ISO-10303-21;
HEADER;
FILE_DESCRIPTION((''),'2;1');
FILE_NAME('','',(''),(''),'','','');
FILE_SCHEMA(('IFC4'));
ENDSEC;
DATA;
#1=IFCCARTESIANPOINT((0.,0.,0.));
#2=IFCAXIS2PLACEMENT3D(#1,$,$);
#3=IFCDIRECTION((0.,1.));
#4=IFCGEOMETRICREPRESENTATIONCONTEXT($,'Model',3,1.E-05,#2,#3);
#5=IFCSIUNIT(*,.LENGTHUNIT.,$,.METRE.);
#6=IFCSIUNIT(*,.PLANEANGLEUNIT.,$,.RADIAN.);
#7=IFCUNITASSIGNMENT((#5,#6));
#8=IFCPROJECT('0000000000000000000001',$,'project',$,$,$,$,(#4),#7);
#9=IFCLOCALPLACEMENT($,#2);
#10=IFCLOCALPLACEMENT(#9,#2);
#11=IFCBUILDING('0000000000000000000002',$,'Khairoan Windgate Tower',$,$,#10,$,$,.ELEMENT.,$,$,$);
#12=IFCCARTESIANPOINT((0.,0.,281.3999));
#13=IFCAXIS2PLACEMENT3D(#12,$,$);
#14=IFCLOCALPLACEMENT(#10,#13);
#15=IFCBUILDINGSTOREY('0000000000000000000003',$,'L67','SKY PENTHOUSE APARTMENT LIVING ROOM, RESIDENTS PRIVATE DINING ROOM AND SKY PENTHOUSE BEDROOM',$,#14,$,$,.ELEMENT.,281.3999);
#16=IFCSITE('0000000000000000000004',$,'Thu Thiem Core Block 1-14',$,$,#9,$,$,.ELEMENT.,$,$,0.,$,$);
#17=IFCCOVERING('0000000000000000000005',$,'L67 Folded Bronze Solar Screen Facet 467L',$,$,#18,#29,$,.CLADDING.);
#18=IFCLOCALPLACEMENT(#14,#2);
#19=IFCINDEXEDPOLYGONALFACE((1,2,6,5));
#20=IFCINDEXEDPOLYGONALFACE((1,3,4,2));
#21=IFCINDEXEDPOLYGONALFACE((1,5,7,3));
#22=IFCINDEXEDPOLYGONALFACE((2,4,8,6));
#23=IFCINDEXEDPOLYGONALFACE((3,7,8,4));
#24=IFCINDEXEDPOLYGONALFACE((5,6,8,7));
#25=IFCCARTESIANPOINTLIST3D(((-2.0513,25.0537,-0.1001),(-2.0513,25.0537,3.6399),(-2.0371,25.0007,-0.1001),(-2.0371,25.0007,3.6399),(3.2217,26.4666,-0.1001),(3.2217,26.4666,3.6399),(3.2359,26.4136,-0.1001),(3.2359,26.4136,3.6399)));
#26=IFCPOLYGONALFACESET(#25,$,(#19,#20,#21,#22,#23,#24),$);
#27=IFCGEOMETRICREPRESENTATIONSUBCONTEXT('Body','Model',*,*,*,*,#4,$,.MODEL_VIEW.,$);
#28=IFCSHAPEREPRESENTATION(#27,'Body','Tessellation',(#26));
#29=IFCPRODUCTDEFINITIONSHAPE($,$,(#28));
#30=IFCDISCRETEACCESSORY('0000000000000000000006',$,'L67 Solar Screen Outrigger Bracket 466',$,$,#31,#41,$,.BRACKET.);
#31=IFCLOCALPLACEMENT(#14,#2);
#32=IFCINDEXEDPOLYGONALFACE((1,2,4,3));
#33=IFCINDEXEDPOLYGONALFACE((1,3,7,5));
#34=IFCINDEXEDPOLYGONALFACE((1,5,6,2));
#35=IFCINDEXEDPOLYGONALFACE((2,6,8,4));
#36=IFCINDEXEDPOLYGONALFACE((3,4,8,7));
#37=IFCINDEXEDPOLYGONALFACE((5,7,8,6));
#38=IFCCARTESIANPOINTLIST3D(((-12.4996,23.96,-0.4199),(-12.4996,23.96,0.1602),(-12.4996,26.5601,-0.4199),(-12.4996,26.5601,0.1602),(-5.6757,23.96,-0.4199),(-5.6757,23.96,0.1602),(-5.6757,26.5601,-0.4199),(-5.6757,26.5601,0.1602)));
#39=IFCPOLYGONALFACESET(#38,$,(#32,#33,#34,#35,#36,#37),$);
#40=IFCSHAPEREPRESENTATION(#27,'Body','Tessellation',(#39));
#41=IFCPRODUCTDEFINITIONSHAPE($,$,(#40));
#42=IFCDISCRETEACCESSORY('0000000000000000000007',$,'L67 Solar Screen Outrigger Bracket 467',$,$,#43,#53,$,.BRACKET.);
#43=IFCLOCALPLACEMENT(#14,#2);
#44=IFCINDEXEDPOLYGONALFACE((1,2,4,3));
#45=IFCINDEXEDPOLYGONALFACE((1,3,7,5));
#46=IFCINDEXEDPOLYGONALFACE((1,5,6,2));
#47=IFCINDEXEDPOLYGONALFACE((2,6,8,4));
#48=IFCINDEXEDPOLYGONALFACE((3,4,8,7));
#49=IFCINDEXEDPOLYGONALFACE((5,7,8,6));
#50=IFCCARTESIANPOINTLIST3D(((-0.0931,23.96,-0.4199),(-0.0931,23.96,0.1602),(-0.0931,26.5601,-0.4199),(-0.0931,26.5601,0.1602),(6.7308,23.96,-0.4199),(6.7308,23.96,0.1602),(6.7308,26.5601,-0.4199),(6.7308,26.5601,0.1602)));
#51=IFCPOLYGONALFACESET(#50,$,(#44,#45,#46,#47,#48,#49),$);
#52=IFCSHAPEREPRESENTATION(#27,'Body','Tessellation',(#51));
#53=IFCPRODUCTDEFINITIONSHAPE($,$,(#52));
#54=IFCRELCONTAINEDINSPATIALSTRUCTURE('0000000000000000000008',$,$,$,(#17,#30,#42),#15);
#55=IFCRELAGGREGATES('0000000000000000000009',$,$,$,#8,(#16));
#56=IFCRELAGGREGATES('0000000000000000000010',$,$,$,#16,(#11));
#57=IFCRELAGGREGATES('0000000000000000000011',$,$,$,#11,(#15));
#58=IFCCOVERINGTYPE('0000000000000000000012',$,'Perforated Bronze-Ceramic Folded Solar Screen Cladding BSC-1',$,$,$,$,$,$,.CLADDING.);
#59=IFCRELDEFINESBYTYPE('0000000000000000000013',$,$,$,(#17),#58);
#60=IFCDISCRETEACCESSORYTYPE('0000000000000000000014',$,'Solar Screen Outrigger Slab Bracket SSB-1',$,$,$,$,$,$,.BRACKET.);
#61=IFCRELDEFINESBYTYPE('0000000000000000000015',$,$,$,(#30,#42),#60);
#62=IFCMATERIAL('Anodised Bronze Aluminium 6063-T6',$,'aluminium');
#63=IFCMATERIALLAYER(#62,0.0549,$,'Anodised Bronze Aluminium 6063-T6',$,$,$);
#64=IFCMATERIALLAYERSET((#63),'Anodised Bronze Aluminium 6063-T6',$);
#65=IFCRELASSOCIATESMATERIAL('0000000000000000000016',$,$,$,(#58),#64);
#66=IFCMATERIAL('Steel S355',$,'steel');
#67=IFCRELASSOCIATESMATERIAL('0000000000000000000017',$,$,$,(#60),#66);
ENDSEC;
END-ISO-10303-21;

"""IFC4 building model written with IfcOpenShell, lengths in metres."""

from ifc_helpers import new_model, si_unit, direction, frame, origin, origin_2d, place, context, subcontext, project, spatial, rectangle, extrude, material, layer, layer_set, type_object, element, save


model = new_model("IFC4")

# Units and contexts
model_context = context("Model", 3, precision=1e-05, world=origin(), true_north=direction((0.0, 1.0)))
body_context = subcontext(model_context, "Body", "Model", "MODEL_VIEW")
ifc_project = project(units=[si_unit("LENGTHUNIT", "METRE"), si_unit("PLANEANGLEUNIT", "RADIAN")], contexts=[model_context])

# Site, building, storey
site_placement = place(None, origin())
site = spatial("IfcSite", under=ifc_project, at=site_placement, Name="Thu Thiem Core Block 1-14", CompositionType="ELEMENT", RefElevation=0.0)
building_placement = place(site_placement, origin())
building = spatial("IfcBuilding", under=site, at=building_placement, Name="Khairoan Windgate Tower", CompositionType="ELEMENT")
storey_placement = place(building_placement, frame((0.0, 0.0, 281.3999)))
storey = spatial("IfcBuildingStorey", under=building, at=storey_placement, Name="L67", Description="SKY PENTHOUSE APARTMENT LIVING ROOM, RESIDENTS PRIVATE DINING ROOM AND SKY PENTHOUSE BEDROOM", CompositionType="ELEMENT", Elevation=281.3999)

# Covering
ifc_material_1 = material(Name="Anodised Bronze Aluminium 6063-T6", Category="aluminium")
ifc_layer_1 = layer(ifc_material_1, 0.0549, Name="Anodised Bronze Aluminium 6063-T6")
ifc_layer_set_1 = layer_set([ifc_layer_1], Name="Anodised Bronze Aluminium 6063-T6")
covering_type = type_object("IfcCoveringType", Name="Perforated Bronze-Ceramic Folded Solar Screen Cladding BSC-1", PredefinedType="CLADDING", material=ifc_layer_set_1)
covering_placement = place(storey_placement, frame((0.5923, 25.7336, -0.1001), z_axis=(0.0, 0.0, 1.0), x_axis=(0.965926, 0.258819, 0.0)))
element("IfcCovering", 1, at=covering_placement, inside=storey, type_object=covering_type, Name="L67 Folded Bronze Solar Screen Facet 467L", PredefinedType="CLADDING", context=body_context, shape_type="SweptSolid", body=[
    extrude(rectangle(XDim=5.459, YDim=0.0549, at=origin_2d()), origin(), (0.0, 0.0, 1.0), 3.74),
])

# Discrete accessories
ifc_material_2 = material(Name="Steel S355", Category="steel")
discrete_accessory_type = type_object("IfcDiscreteAccessoryType", Name="Solar Screen Outrigger Slab Bracket SSB-1", PredefinedType="BRACKET", material=ifc_material_2)
for number, where, z_axis, x_axis, name in (
    (2, (-9.0876, 25.26, -0.4199), (0.0, 0.0, 1.0), (1.0, 0.0, 0.0), "L67 Solar Screen Outrigger Bracket 466"),
    (3, (3.3188, 25.26, -0.4199), (0.0, 0.0, 1.0), (1.0, 0.0, 0.0), "L67 Solar Screen Outrigger Bracket 467"),
):
    element("IfcDiscreteAccessory", number, at=place(storey_placement, frame(where, z_axis=z_axis, x_axis=x_axis)), inside=storey, type_object=discrete_accessory_type, Name=name, PredefinedType="BRACKET", context=body_context, shape_type="SweptSolid", body=[
        extrude(rectangle(XDim=6.824, YDim=2.6001, at=origin_2d()), origin(), (0.0, 0.0, 1.0), 0.5801),
    ])

save(model, "model.ifc")
